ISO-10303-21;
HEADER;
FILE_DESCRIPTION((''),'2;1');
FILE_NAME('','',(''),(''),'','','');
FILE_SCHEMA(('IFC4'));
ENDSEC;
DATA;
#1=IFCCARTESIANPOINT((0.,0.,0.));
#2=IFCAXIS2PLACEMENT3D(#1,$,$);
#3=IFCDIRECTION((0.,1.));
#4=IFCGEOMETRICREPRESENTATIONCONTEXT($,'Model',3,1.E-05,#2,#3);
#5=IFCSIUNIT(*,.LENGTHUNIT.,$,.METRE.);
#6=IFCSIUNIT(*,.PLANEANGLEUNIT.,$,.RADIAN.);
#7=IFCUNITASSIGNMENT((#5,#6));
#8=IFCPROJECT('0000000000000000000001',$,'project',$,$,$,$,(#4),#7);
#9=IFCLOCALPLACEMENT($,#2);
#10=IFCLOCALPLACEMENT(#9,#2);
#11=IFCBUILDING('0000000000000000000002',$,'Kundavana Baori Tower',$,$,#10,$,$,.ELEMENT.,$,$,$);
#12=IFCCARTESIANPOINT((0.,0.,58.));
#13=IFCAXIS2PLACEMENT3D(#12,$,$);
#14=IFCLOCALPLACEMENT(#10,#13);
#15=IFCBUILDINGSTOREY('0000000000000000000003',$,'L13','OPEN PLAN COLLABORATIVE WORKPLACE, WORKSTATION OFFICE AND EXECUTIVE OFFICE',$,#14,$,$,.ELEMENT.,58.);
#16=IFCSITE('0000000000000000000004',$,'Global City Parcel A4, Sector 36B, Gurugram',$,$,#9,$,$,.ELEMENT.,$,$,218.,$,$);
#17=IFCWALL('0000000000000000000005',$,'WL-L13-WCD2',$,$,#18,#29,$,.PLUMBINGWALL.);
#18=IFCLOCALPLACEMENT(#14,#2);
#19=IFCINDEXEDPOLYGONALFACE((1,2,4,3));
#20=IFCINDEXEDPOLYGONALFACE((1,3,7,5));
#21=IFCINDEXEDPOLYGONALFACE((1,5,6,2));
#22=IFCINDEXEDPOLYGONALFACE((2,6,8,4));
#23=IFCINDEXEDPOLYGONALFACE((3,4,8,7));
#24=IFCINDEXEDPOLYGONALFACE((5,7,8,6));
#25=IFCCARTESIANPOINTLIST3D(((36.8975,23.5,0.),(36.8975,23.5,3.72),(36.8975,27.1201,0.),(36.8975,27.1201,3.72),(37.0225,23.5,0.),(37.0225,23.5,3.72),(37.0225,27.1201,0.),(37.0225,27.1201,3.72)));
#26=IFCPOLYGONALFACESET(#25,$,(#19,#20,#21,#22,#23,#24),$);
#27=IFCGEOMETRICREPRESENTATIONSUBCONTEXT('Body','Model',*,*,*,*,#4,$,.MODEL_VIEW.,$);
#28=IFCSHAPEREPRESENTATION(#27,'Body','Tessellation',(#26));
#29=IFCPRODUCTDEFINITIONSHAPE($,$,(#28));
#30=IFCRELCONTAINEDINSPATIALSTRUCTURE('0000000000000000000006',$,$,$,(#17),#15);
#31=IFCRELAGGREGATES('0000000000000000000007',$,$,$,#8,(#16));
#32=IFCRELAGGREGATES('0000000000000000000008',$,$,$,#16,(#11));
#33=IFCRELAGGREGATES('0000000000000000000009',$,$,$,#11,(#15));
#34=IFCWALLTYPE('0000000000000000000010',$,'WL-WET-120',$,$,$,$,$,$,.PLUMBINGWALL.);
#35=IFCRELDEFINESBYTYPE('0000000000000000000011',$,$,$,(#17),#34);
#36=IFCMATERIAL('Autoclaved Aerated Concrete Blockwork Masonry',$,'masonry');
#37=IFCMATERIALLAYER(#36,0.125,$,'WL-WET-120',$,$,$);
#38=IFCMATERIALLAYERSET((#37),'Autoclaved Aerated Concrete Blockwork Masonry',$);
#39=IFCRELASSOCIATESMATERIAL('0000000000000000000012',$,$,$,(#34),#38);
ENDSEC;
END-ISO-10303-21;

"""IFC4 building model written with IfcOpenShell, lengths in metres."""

from ifc_helpers import new_model, si_unit, direction, frame, frame_2d, origin, place, context, subcontext, project, spatial, rectangle, extrude, material, layer, layer_set, type_object, element, save


model = new_model("IFC4")

# Units and contexts
model_context = context("Model", 3, precision=1e-05, world=origin(), true_north=direction((0.0, 1.0)))
body_context = subcontext(model_context, "Body", "Model", "MODEL_VIEW")
ifc_project = project(units=[si_unit("LENGTHUNIT", "METRE"), si_unit("PLANEANGLEUNIT", "RADIAN")], contexts=[model_context])

# Site, building, storey
site_placement = place(None, origin())
site = spatial("IfcSite", under=ifc_project, at=site_placement, Name="Global City Parcel A4, Sector 36B, Gurugram", CompositionType="ELEMENT", RefElevation=218.0)
building_placement = place(site_placement, origin())
building = spatial("IfcBuilding", under=site, at=building_placement, Name="Kundavana Baori Tower", CompositionType="ELEMENT")
storey_placement = place(building_placement, frame((0.0, 0.0, 58.0)))
storey = spatial("IfcBuildingStorey", under=building, at=storey_placement, Name="L13", Description="OPEN PLAN COLLABORATIVE WORKPLACE, WORKSTATION OFFICE AND EXECUTIVE OFFICE", CompositionType="ELEMENT", Elevation=58.0)

# Wall
ifc_material_1 = material(Name="Autoclaved Aerated Concrete Blockwork Masonry", Category="masonry")
ifc_layer_1 = layer(ifc_material_1, 0.125, Name="WL-WET-120")
ifc_layer_set_1 = layer_set([ifc_layer_1], Name="Autoclaved Aerated Concrete Blockwork Masonry")
wall_type_1 = type_object("IfcWallType", Name="WL-WET-120", PredefinedType="PLUMBINGWALL", material=ifc_layer_set_1)
for number, where, z_axis, x_axis, name in (
    (1, (36.96, 23.5, 0.0), (0.0, 0.0, 1.0), (0.0, 1.0, 0.0), "WL-L13-WCD2"),
):
    element("IfcWall", number, at=place(storey_placement, frame(where, z_axis=z_axis, x_axis=x_axis)), inside=storey, type_object=wall_type_1, Name=name, PredefinedType="PLUMBINGWALL", context=body_context, shape_type="SweptSolid", body=[
        extrude(rectangle(XDim=3.6201, YDim=0.125, at=frame_2d((1.8101, 0.0))), origin(), (0.0, 0.0, 1.0), 3.72),
    ])

save(model, "model.ifc")
